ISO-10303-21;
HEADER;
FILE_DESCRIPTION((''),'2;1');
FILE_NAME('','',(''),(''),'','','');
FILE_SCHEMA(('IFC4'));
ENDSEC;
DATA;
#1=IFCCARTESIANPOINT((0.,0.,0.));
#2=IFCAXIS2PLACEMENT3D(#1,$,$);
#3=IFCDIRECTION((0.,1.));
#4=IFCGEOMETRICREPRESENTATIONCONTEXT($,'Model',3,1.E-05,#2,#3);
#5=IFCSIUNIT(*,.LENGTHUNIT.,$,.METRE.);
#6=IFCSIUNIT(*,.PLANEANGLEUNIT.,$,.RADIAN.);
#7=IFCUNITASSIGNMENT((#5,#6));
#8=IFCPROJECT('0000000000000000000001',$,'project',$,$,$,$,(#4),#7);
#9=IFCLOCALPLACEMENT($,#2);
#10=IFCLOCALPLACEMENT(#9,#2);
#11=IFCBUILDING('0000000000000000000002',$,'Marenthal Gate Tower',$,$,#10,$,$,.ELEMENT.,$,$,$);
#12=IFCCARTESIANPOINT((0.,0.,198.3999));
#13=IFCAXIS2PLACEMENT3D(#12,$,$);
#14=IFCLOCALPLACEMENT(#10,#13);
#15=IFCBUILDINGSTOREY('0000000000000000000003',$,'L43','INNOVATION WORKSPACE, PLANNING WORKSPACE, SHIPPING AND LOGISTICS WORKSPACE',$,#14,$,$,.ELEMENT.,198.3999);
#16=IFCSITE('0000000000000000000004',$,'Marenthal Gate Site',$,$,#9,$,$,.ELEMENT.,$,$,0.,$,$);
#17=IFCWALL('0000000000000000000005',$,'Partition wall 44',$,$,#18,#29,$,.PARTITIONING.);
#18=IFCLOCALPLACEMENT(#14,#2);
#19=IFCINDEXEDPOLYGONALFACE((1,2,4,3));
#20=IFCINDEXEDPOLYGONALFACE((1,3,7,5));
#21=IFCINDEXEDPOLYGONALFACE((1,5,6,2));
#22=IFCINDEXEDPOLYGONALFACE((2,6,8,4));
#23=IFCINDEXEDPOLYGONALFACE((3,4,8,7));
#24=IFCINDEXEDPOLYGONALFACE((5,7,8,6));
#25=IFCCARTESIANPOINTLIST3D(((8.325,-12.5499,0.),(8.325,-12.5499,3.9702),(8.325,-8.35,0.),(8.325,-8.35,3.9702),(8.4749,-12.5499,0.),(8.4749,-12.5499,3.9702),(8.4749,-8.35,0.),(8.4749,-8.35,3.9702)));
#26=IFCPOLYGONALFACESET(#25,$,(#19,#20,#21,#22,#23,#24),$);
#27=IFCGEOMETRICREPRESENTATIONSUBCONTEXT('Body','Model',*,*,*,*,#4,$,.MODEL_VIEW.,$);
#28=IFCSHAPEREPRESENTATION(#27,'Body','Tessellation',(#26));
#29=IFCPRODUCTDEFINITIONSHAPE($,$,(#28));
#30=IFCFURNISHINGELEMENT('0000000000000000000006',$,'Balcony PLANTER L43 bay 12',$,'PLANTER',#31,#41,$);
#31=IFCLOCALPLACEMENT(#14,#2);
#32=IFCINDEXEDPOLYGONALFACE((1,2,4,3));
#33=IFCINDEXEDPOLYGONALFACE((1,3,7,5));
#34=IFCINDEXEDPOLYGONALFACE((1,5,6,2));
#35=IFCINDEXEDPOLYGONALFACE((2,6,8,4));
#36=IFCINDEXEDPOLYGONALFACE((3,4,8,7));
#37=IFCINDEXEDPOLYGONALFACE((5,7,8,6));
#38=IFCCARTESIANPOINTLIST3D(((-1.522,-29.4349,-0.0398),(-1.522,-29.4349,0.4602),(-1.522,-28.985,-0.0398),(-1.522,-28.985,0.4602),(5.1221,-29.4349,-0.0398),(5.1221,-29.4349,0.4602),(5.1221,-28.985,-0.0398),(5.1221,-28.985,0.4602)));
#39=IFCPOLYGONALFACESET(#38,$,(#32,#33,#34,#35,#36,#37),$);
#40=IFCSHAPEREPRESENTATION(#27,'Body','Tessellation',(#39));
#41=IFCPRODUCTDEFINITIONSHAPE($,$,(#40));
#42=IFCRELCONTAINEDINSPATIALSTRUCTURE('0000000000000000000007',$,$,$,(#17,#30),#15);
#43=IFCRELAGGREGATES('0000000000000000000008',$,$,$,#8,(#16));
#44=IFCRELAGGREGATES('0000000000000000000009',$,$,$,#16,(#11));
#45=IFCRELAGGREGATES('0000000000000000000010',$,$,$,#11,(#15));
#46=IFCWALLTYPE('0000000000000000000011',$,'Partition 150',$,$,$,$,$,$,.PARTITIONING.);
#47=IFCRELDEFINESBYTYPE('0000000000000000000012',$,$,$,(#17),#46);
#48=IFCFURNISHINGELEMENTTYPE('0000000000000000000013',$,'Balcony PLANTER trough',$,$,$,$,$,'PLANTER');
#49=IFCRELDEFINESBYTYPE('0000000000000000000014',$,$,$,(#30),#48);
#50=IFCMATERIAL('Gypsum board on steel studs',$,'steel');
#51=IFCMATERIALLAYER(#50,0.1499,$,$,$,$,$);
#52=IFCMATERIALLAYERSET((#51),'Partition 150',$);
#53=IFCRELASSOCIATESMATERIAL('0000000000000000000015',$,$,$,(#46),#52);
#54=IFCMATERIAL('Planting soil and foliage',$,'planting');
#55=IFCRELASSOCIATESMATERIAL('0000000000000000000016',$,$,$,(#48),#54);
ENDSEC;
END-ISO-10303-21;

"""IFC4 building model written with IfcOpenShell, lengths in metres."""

from ifc_helpers import new_model, si_unit, direction, frame, frame_2d, origin, origin_2d, place, context, subcontext, project, spatial, rectangle, extrude, material, layer, layer_set, type_object, element, save


model = new_model("IFC4")

# Units and contexts
model_context = context("Model", 3, precision=1e-05, world=origin(), true_north=direction((0.0, 1.0)))
body_context = subcontext(model_context, "Body", "Model", "MODEL_VIEW")
ifc_project = project(units=[si_unit("LENGTHUNIT", "METRE"), si_unit("PLANEANGLEUNIT", "RADIAN")], contexts=[model_context])

# Site, building, storey
site_placement = place(None, origin())
site = spatial("IfcSite", under=ifc_project, at=site_placement, Name="Marenthal Gate Site", CompositionType="ELEMENT", RefElevation=0.0)
building_placement = place(site_placement, origin())
building = spatial("IfcBuilding", under=site, at=building_placement, Name="Marenthal Gate Tower", CompositionType="ELEMENT")
storey_placement = place(building_placement, frame((0.0, 0.0, 198.3999)))
storey = spatial("IfcBuildingStorey", under=building, at=storey_placement, Name="L43", Description="INNOVATION WORKSPACE, PLANNING WORKSPACE, SHIPPING AND LOGISTICS WORKSPACE", CompositionType="ELEMENT", Elevation=198.3999)

# Shared definitions
ifc_material_1 = material(Name="Gypsum board on steel studs", Category="steel")
ifc_layer_1 = layer(ifc_material_1, 0.1499)
ifc_layer_set_1 = layer_set([ifc_layer_1], Name="Partition 150")
wall_type_1 = type_object("IfcWallType", Name="Partition 150", PredefinedType="PARTITIONING", material=ifc_layer_set_1)

# Wall
wall_1_placement = place(storey_placement, frame((8.3999, -12.55, 0.0), z_axis=(0.0, 0.0, 1.0), x_axis=(0.0, 1.0, 0.0)))
element("IfcWall", 1, at=wall_1_placement, inside=storey, type_object=wall_type_1, Name="Partition wall 44", PredefinedType="PARTITIONING", context=body_context, shape_type="SweptSolid", body=[
    extrude(rectangle(XDim=4.2, YDim=0.1499, at=frame_2d((2.1001, 0.0))), origin(), (0.0, 0.0, 1.0), 3.9702),
])

# Furnishing element
ifc_material_2 = material(Name="Planting soil and foliage", Category="planting")
furnishing_element_type = type_object("IfcFurnishingElementType", Name="Balcony PLANTER trough", ElementType="PLANTER", material=ifc_material_2)
furnishing_placement = place(storey_placement, frame((1.8, -29.21, -0.0398), z_axis=(0.0, 0.0, 1.0), x_axis=(1.0, 0.0, 0.0)))
element("IfcFurnishingElement", 2, at=furnishing_placement, inside=storey, type_object=furnishing_element_type, Name="Balcony PLANTER L43 bay 12", ObjectType="PLANTER", context=body_context, shape_type="SweptSolid", body=[
    extrude(rectangle(XDim=6.644, YDim=0.45, at=origin_2d()), origin(), (0.0, 0.0, 1.0), 0.5),
])

save(model, "model.ifc")
